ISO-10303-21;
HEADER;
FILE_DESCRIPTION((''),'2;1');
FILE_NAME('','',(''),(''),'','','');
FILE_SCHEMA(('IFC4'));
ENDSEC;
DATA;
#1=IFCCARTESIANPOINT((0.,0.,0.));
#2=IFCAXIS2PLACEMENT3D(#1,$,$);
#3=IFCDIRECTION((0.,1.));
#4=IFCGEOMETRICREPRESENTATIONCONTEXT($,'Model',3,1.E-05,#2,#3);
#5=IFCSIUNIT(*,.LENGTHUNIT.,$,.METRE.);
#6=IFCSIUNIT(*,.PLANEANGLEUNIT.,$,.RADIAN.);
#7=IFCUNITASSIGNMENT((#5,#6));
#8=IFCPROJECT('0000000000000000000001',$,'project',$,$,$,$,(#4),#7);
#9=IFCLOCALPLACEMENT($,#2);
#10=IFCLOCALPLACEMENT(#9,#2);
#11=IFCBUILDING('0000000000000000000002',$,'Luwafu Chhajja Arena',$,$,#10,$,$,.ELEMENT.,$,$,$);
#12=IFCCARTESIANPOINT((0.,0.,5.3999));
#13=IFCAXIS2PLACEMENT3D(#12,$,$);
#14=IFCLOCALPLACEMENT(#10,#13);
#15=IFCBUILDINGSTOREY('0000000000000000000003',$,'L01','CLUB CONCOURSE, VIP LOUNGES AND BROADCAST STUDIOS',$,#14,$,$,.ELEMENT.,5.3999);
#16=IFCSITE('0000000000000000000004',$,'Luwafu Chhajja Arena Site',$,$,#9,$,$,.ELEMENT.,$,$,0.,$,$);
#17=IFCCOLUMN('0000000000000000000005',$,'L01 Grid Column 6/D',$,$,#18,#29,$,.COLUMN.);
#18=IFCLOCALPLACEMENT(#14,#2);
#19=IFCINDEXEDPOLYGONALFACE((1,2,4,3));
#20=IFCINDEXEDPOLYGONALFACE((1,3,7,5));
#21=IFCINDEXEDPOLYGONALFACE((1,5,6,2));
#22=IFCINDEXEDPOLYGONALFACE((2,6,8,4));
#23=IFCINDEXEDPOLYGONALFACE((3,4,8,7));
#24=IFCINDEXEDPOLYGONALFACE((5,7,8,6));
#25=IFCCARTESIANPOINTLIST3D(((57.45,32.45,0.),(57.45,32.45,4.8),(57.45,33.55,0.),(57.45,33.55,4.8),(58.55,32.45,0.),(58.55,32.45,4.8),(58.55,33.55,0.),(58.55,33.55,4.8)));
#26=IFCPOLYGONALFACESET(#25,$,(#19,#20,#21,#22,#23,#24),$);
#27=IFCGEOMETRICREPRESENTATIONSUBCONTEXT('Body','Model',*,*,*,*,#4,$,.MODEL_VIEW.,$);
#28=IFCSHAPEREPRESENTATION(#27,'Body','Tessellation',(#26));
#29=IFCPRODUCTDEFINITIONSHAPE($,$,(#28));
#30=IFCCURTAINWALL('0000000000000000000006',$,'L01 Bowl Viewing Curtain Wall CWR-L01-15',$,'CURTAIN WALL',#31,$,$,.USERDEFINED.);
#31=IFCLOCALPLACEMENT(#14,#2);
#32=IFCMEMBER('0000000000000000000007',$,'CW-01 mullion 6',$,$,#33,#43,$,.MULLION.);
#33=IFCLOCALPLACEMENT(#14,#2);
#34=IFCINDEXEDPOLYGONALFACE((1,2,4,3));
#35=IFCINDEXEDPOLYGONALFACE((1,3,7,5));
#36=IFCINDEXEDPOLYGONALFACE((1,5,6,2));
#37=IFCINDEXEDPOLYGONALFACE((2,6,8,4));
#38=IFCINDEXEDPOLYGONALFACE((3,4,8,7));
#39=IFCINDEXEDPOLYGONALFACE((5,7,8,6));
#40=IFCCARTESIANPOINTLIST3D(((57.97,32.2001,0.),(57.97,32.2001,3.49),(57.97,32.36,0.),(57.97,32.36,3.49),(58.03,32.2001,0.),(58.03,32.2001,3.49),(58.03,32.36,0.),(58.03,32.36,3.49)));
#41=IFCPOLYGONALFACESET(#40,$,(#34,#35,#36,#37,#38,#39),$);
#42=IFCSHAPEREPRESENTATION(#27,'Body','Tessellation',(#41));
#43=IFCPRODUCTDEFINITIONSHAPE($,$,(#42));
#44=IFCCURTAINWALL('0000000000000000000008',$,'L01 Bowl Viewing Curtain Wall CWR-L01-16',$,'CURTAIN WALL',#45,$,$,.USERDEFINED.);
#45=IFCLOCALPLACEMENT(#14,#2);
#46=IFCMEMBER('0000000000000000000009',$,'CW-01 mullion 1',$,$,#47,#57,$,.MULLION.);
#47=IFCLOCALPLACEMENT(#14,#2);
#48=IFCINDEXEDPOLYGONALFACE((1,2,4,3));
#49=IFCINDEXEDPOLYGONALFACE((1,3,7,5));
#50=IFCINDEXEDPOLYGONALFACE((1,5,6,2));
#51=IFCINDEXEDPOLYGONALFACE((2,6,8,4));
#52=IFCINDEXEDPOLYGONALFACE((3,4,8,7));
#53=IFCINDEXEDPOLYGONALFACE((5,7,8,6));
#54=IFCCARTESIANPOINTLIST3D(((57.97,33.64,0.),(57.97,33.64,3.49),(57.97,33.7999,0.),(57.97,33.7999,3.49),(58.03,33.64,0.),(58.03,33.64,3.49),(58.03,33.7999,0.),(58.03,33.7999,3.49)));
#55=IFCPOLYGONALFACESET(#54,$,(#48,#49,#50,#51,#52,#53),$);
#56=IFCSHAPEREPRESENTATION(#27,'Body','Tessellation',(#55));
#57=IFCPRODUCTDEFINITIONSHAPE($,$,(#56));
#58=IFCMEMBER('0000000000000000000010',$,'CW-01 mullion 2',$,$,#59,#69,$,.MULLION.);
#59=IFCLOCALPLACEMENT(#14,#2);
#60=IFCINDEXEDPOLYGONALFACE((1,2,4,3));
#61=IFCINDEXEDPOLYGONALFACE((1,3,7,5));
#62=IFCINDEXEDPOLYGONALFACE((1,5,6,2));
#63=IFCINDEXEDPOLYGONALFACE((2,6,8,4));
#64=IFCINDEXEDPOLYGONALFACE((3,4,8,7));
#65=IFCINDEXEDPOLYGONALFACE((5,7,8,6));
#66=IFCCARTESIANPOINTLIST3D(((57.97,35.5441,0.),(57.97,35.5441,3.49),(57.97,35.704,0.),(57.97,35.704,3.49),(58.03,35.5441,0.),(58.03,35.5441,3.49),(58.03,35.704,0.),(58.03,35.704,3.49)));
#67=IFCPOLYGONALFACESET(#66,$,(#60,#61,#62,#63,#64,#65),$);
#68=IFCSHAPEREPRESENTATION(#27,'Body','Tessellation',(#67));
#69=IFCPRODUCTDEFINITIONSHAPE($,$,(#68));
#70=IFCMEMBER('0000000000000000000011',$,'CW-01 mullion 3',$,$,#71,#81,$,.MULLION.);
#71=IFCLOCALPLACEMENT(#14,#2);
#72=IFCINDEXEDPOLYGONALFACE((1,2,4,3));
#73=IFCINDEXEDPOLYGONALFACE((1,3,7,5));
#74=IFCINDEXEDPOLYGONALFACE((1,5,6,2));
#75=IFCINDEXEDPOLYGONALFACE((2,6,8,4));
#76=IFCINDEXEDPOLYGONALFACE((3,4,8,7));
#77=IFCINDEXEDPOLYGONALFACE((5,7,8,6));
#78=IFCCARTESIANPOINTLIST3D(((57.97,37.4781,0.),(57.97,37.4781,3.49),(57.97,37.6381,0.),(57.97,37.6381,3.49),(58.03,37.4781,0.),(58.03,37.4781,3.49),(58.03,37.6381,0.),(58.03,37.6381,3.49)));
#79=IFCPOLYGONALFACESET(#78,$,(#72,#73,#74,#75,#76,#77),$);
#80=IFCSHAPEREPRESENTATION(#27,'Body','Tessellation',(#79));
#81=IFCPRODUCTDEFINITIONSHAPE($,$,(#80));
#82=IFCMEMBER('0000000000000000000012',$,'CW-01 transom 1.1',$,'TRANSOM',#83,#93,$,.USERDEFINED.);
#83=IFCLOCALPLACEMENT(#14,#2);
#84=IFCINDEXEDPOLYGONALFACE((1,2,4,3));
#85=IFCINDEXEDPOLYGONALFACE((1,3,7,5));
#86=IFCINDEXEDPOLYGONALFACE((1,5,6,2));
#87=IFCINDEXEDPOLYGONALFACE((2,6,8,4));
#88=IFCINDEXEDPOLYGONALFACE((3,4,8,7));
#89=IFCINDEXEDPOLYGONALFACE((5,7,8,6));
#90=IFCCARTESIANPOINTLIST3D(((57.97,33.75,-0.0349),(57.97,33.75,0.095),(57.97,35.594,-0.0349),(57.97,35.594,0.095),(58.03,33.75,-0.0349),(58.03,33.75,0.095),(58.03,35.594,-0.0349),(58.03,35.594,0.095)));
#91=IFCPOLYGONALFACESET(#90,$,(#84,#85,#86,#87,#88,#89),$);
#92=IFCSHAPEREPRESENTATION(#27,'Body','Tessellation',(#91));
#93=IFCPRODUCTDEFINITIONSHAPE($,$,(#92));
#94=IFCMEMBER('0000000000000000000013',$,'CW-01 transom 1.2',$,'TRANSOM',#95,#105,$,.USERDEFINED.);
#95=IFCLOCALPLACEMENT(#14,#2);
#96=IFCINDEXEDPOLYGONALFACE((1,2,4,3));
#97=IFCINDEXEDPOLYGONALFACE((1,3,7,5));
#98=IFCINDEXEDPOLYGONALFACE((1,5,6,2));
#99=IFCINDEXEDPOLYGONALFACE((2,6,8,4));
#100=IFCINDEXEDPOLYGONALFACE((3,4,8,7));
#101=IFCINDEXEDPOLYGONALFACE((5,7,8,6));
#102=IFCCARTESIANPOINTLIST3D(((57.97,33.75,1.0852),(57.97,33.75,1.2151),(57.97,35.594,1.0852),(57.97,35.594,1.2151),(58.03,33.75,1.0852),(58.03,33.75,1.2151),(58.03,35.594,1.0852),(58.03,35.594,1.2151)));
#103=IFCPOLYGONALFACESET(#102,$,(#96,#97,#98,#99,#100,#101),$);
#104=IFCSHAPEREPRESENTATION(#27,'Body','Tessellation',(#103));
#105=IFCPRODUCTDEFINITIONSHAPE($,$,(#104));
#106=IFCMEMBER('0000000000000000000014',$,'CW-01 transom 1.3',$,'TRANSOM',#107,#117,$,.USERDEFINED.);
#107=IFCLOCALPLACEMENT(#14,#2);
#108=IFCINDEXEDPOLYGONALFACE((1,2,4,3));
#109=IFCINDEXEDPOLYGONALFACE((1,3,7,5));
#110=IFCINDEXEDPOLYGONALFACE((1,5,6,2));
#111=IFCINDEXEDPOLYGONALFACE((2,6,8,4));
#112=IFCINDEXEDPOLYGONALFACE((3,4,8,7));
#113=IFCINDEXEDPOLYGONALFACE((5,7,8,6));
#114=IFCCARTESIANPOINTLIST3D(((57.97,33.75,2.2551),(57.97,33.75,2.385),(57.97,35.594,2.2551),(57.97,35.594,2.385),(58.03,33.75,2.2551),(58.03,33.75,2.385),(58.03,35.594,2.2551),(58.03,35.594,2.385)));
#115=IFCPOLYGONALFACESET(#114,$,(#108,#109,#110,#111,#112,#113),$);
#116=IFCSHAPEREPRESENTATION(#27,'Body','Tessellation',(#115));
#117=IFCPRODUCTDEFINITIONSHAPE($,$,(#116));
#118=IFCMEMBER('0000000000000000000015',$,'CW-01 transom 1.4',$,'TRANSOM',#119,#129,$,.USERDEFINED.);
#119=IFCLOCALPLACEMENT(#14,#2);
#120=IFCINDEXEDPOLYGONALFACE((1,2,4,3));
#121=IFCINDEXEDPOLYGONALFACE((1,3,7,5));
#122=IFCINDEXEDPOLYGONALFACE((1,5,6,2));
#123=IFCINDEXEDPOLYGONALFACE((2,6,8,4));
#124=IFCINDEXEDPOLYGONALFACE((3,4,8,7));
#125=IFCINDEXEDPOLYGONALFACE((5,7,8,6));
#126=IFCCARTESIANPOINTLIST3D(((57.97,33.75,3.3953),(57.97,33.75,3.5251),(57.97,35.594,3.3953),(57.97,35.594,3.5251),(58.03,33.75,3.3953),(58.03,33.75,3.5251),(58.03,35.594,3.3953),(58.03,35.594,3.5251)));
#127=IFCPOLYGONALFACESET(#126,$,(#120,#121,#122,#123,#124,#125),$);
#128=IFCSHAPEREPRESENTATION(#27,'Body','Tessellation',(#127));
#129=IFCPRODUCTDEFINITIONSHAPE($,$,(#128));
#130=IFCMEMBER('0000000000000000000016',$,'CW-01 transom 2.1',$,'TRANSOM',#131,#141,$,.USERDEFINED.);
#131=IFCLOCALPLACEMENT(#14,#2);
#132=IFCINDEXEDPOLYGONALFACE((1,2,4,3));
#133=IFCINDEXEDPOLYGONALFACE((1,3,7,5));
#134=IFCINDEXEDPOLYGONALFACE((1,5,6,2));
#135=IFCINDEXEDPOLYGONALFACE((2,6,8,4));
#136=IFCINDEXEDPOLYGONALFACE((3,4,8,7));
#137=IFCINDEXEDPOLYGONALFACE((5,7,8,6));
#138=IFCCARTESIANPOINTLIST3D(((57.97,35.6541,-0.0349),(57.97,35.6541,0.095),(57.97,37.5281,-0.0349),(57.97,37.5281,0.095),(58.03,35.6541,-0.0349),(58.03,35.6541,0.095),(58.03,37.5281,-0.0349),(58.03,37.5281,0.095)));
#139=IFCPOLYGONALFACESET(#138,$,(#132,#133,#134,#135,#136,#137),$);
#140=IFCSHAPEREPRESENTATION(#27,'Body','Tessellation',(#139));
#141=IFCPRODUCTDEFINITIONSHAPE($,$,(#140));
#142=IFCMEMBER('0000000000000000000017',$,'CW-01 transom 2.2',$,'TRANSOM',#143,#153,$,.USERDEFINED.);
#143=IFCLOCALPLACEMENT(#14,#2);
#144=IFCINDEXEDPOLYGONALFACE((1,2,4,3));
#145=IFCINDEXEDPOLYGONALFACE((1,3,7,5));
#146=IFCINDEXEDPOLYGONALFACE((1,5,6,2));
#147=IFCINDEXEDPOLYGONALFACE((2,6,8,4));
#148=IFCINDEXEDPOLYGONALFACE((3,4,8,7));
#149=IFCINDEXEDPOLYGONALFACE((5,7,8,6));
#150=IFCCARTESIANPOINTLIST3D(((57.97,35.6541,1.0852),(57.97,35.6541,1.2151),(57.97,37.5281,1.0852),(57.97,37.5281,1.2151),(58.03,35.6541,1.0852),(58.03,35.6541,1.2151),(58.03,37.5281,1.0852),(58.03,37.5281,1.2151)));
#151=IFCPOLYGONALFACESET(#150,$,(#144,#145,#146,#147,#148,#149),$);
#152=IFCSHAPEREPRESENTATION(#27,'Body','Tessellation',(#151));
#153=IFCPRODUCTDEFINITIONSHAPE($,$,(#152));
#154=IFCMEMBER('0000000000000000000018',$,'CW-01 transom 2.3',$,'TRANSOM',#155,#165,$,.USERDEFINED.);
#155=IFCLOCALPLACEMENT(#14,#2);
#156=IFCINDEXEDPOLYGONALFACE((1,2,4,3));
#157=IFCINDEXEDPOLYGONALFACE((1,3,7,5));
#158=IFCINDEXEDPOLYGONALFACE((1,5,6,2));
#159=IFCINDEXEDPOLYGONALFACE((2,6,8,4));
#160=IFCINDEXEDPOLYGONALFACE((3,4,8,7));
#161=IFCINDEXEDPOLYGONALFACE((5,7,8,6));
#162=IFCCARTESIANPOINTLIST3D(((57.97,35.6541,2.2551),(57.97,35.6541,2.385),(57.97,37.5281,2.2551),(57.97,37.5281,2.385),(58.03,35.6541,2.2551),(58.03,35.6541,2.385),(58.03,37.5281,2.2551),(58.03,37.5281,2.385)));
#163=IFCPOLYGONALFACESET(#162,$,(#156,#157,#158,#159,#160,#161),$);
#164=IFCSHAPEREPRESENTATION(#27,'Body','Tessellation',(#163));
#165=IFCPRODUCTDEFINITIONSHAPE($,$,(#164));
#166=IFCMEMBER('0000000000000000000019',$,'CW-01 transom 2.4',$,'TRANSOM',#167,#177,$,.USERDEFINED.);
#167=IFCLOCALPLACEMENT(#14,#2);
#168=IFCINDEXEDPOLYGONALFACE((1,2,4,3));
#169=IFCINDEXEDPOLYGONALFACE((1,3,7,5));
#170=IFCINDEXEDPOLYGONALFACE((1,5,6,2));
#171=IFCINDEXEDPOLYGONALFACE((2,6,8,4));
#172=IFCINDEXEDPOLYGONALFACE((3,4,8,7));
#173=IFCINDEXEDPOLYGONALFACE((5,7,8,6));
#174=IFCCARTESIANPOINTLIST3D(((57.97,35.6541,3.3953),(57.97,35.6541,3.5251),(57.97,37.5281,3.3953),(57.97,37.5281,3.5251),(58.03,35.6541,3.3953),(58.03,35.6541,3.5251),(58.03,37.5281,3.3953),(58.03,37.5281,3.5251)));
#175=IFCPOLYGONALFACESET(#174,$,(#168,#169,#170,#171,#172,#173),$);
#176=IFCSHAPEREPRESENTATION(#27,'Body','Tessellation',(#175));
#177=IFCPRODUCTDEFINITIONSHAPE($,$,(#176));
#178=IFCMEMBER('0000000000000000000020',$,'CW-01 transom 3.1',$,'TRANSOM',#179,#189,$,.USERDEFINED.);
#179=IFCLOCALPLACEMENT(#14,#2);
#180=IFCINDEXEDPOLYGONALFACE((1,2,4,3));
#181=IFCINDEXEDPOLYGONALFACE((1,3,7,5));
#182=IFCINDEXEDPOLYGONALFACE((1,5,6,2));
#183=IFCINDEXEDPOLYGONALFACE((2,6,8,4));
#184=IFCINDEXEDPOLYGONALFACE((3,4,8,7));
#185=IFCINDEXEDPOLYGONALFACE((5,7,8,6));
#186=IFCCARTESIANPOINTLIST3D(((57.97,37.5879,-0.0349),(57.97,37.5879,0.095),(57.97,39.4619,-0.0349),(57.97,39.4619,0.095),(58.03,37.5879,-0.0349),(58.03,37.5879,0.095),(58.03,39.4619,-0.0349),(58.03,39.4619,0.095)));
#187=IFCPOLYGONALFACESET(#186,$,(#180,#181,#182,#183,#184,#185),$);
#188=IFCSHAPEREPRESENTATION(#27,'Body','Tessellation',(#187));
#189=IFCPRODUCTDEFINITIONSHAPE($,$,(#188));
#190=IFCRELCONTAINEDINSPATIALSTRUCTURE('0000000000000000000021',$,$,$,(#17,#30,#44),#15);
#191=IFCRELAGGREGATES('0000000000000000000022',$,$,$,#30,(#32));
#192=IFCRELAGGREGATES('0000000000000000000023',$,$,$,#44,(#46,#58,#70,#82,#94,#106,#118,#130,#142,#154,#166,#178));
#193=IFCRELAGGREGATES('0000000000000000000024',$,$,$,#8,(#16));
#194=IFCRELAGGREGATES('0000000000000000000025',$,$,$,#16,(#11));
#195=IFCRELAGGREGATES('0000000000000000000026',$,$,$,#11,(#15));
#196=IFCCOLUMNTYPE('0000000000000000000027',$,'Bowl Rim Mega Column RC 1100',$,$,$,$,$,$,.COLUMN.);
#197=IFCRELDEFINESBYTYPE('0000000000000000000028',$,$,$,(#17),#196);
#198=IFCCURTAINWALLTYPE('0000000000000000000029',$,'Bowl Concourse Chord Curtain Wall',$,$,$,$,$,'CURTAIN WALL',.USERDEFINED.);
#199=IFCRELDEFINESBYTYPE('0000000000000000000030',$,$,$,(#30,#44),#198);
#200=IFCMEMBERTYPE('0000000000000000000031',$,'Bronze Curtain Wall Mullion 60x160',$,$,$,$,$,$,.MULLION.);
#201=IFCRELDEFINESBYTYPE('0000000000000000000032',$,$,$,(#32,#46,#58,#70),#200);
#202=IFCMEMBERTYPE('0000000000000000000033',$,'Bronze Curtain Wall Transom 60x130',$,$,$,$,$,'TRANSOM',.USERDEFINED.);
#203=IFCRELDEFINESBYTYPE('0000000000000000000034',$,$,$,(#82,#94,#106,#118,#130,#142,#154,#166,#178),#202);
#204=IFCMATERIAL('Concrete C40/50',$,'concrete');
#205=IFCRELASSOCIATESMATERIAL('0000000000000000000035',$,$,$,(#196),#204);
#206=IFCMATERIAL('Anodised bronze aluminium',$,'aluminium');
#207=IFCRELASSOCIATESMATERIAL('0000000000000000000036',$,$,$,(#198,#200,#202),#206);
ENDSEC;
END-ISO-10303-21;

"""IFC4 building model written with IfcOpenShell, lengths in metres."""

from ifc_helpers import new_model, si_unit, direction, frame, origin, origin_2d, place, context, subcontext, project, spatial, rectangle, extrude, material, material_profile, profile_set, type_object, element, aggregate, save


model = new_model("IFC4")

# Units and contexts
model_context = context("Model", 3, precision=1e-05, world=origin(), true_north=direction((0.0, 1.0)))
body_context = subcontext(model_context, "Body", "Model", "MODEL_VIEW")
ifc_project = project(units=[si_unit("LENGTHUNIT", "METRE"), si_unit("PLANEANGLEUNIT", "RADIAN")], contexts=[model_context])

# Site, building, storey
site_placement = place(None, origin())
site = spatial("IfcSite", under=ifc_project, at=site_placement, Name="Luwafu Chhajja Arena Site", CompositionType="ELEMENT", RefElevation=0.0)
building_placement = place(site_placement, origin())
building = spatial("IfcBuilding", under=site, at=building_placement, Name="Luwafu Chhajja Arena", CompositionType="ELEMENT")
storey_placement = place(building_placement, frame((0.0, 0.0, 5.3999)))
storey = spatial("IfcBuildingStorey", under=building, at=storey_placement, Name="L01", Description="CLUB CONCOURSE, VIP LOUNGES AND BROADCAST STUDIOS", CompositionType="ELEMENT", Elevation=5.3999)

# Column
ifc_material_1 = material(Name="Concrete C40/50", Category="concrete")
ifc_material_profile_1 = material_profile(ifc_material_1, rectangle(XDim=1.1001, YDim=1.1001, at=origin_2d()), Name="RC 1100x1100")
ifc_profile_set_1 = profile_set([ifc_material_profile_1], Name="Concrete C40/50")
column_type = type_object("IfcColumnType", Name="Bowl Rim Mega Column RC 1100", PredefinedType="COLUMN", material=ifc_profile_set_1)
column_placement = place(storey_placement, frame((58.0, 33.0, 0.0), z_axis=(0.0, 0.0, 1.0), x_axis=(1.0, 0.0, 0.0)))
element("IfcColumn", 1, at=column_placement, inside=storey, type_object=column_type, Name="L01 Grid Column 6/D", PredefinedType="COLUMN", context=body_context, shape_type="SweptSolid", body=[
    extrude(rectangle(XDim=1.1001, YDim=1.1001, at=origin_2d()), origin(), (0.0, 0.0, 1.0), 4.8),
])

# Curtain wall, member
ifc_material_2 = material(Name="Anodised bronze aluminium", Category="aluminium")
curtain_wall_type = type_object("IfcCurtainWallType", Name="Bowl Concourse Chord Curtain Wall", ElementType="CURTAIN WALL", PredefinedType="USERDEFINED", material=ifc_material_2)
curtain_wall_1_placement = place(storey_placement, origin())
curtain_wall_1 = element("IfcCurtainWall", 2, at=curtain_wall_1_placement, inside=storey, type_object=curtain_wall_type, Name="L01 Bowl Viewing Curtain Wall CWR-L01-15", ObjectType="CURTAIN WALL", PredefinedType="USERDEFINED")
ifc_material_profile_2 = material_profile(ifc_material_2, rectangle(XDim=0.0601, YDim=0.1599, at=origin_2d()), Name="CWM 60x160")
ifc_profile_set_2 = profile_set([ifc_material_profile_2], Name="Anodised bronze aluminium")
member_type_1 = type_object("IfcMemberType", Name="Bronze Curtain Wall Mullion 60x160", PredefinedType="MULLION", material=ifc_profile_set_2)
member_1_placement = place(storey_placement, frame((58.0, 32.28, 0.0), z_axis=(0.0, 0.0, 1.0), x_axis=(-1.0, 0.0, 0.0)))
member_1 = element("IfcMember", 3, at=member_1_placement, type_object=member_type_1, Name="CW-01 mullion 6", PredefinedType="MULLION", context=body_context, shape_type="SweptSolid", body=[
    extrude(rectangle(XDim=0.0601, YDim=0.1599, at=origin_2d()), origin(), (0.0, 0.0, 1.0), 3.49),
])

# Curtain wall, members
curtain_wall_2_placement = place(storey_placement, origin())
curtain_wall_2 = element("IfcCurtainWall", 4, at=curtain_wall_2_placement, inside=storey, type_object=curtain_wall_type, Name="L01 Bowl Viewing Curtain Wall CWR-L01-16", ObjectType="CURTAIN WALL", PredefinedType="USERDEFINED")
member_2_placement = place(storey_placement, frame((58.0, 33.72, 0.0), z_axis=(0.0, 0.0, 1.0), x_axis=(-1.0, 0.0, 0.0)))
member_2 = element("IfcMember", 5, at=member_2_placement, type_object=member_type_1, Name="CW-01 mullion 1", PredefinedType="MULLION", context=body_context, shape_type="SweptSolid", body=[
    extrude(rectangle(XDim=0.0601, YDim=0.1599, at=origin_2d()), origin(), (0.0, 0.0, 1.0), 3.49),
])
member_3_placement = place(storey_placement, frame((58.0, 35.624, 0.0), z_axis=(0.0, 0.0, 1.0), x_axis=(-1.0, 0.0, 0.0)))
member_3 = element("IfcMember", 6, at=member_3_placement, type_object=member_type_1, Name="CW-01 mullion 2", PredefinedType="MULLION", context=body_context, shape_type="SweptSolid", body=[
    extrude(rectangle(XDim=0.0601, YDim=0.1599, at=origin_2d()), origin(), (0.0, 0.0, 1.0), 3.49),
])
member_4_placement = place(storey_placement, frame((58.0, 37.5581, 0.0), z_axis=(0.0, 0.0, 1.0), x_axis=(-1.0, 0.0, 0.0)))
member_4 = element("IfcMember", 7, at=member_4_placement, type_object=member_type_1, Name="CW-01 mullion 3", PredefinedType="MULLION", context=body_context, shape_type="SweptSolid", body=[
    extrude(rectangle(XDim=0.0601, YDim=0.1599, at=origin_2d()), origin(), (0.0, 0.0, 1.0), 3.49),
])
ifc_material_profile_3 = material_profile(ifc_material_2, rectangle(XDim=0.0601, YDim=0.1299, at=origin_2d()), Name="CWT 60x130")
ifc_profile_set_3 = profile_set([ifc_material_profile_3], Name="Anodised bronze aluminium")
member_type_2 = type_object("IfcMemberType", Name="Bronze Curtain Wall Transom 60x130", ElementType="TRANSOM", PredefinedType="USERDEFINED", material=ifc_profile_set_3)
member_5_placement = place(storey_placement, frame((58.0, 33.75, 0.03), z_axis=(0.0, 1.0, 0.0), x_axis=(-1.0, 0.0, 0.0)))
member_5 = element("IfcMember", 8, at=member_5_placement, type_object=member_type_2, Name="CW-01 transom 1.1", ObjectType="TRANSOM", PredefinedType="USERDEFINED", context=body_context, shape_type="SweptSolid", body=[
    extrude(rectangle(XDim=0.0601, YDim=0.1299, at=origin_2d()), origin(), (0.0, 0.0, 1.0), 1.844),
])
member_6_placement = place(storey_placement, frame((58.0, 33.75, 1.1501), z_axis=(0.0, 1.0, 0.0), x_axis=(-1.0, 0.0, 0.0)))
member_6 = element("IfcMember", 9, at=member_6_placement, type_object=member_type_2, Name="CW-01 transom 1.2", ObjectType="TRANSOM", PredefinedType="USERDEFINED", context=body_context, shape_type="SweptSolid", body=[
    extrude(rectangle(XDim=0.0601, YDim=0.1299, at=origin_2d()), origin(), (0.0, 0.0, 1.0), 1.844),
])
member_7_placement = place(storey_placement, frame((58.0, 33.75, 2.3201), z_axis=(0.0, 1.0, 0.0), x_axis=(-1.0, 0.0, 0.0)))
member_7 = element("IfcMember", 10, at=member_7_placement, type_object=member_type_2, Name="CW-01 transom 1.3", ObjectType="TRANSOM", PredefinedType="USERDEFINED", context=body_context, shape_type="SweptSolid", body=[
    extrude(rectangle(XDim=0.0601, YDim=0.1299, at=origin_2d()), origin(), (0.0, 0.0, 1.0), 1.844),
])
member_8_placement = place(storey_placement, frame((58.0, 33.75, 3.4602), z_axis=(0.0, 1.0, 0.0), x_axis=(-1.0, 0.0, 0.0)))
member_8 = element("IfcMember", 11, at=member_8_placement, type_object=member_type_2, Name="CW-01 transom 1.4", ObjectType="TRANSOM", PredefinedType="USERDEFINED", context=body_context, shape_type="SweptSolid", body=[
    extrude(rectangle(XDim=0.0601, YDim=0.1299, at=origin_2d()), origin(), (0.0, 0.0, 1.0), 1.844),
])
member_9_placement = place(storey_placement, frame((58.0, 35.6541, 0.03), z_axis=(0.0, 1.0, 0.0), x_axis=(-1.0, 0.0, 0.0)))
member_9 = element("IfcMember", 12, at=member_9_placement, type_object=member_type_2, Name="CW-01 transom 2.1", ObjectType="TRANSOM", PredefinedType="USERDEFINED", context=body_context, shape_type="SweptSolid", body=[
    extrude(rectangle(XDim=0.0601, YDim=0.1299, at=origin_2d()), origin(), (0.0, 0.0, 1.0), 1.874),
])
member_10_placement = place(storey_placement, frame((58.0, 35.6541, 1.1501), z_axis=(0.0, 1.0, 0.0), x_axis=(-1.0, 0.0, 0.0)))
member_10 = element("IfcMember", 13, at=member_10_placement, type_object=member_type_2, Name="CW-01 transom 2.2", ObjectType="TRANSOM", PredefinedType="USERDEFINED", context=body_context, shape_type="SweptSolid", body=[
    extrude(rectangle(XDim=0.0601, YDim=0.1299, at=origin_2d()), origin(), (0.0, 0.0, 1.0), 1.874),
])
member_11_placement = place(storey_placement, frame((58.0, 35.6541, 2.3201), z_axis=(0.0, 1.0, 0.0), x_axis=(-1.0, 0.0, 0.0)))
member_11 = element("IfcMember", 14, at=member_11_placement, type_object=member_type_2, Name="CW-01 transom 2.3", ObjectType="TRANSOM", PredefinedType="USERDEFINED", context=body_context, shape_type="SweptSolid", body=[
    extrude(rectangle(XDim=0.0601, YDim=0.1299, at=origin_2d()), origin(), (0.0, 0.0, 1.0), 1.874),
])
member_12_placement = place(storey_placement, frame((58.0, 35.6541, 3.4602), z_axis=(0.0, 1.0, 0.0), x_axis=(-1.0, 0.0, 0.0)))
member_12 = element("IfcMember", 15, at=member_12_placement, type_object=member_type_2, Name="CW-01 transom 2.4", ObjectType="TRANSOM", PredefinedType="USERDEFINED", context=body_context, shape_type="SweptSolid", body=[
    extrude(rectangle(XDim=0.0601, YDim=0.1299, at=origin_2d()), origin(), (0.0, 0.0, 1.0), 1.874),
])
member_13_placement = place(storey_placement, frame((58.0, 37.5879, 0.03), z_axis=(0.0, 1.0, 0.0), x_axis=(-1.0, 0.0, 0.0)))
member_13 = element("IfcMember", 16, at=member_13_placement, type_object=member_type_2, Name="CW-01 transom 3.1", ObjectType="TRANSOM", PredefinedType="USERDEFINED", context=body_context, shape_type="SweptSolid", body=[
    extrude(rectangle(XDim=0.0601, YDim=0.1299, at=origin_2d()), origin(), (0.0, 0.0, 1.0), 1.874),
])

aggregate(curtain_wall_1, [member_1])
aggregate(curtain_wall_2, [member_2, member_3, member_4, member_5, member_6, member_7, member_8, member_9, member_10, member_11, member_12, member_13])

save(model, "model.ifc")
